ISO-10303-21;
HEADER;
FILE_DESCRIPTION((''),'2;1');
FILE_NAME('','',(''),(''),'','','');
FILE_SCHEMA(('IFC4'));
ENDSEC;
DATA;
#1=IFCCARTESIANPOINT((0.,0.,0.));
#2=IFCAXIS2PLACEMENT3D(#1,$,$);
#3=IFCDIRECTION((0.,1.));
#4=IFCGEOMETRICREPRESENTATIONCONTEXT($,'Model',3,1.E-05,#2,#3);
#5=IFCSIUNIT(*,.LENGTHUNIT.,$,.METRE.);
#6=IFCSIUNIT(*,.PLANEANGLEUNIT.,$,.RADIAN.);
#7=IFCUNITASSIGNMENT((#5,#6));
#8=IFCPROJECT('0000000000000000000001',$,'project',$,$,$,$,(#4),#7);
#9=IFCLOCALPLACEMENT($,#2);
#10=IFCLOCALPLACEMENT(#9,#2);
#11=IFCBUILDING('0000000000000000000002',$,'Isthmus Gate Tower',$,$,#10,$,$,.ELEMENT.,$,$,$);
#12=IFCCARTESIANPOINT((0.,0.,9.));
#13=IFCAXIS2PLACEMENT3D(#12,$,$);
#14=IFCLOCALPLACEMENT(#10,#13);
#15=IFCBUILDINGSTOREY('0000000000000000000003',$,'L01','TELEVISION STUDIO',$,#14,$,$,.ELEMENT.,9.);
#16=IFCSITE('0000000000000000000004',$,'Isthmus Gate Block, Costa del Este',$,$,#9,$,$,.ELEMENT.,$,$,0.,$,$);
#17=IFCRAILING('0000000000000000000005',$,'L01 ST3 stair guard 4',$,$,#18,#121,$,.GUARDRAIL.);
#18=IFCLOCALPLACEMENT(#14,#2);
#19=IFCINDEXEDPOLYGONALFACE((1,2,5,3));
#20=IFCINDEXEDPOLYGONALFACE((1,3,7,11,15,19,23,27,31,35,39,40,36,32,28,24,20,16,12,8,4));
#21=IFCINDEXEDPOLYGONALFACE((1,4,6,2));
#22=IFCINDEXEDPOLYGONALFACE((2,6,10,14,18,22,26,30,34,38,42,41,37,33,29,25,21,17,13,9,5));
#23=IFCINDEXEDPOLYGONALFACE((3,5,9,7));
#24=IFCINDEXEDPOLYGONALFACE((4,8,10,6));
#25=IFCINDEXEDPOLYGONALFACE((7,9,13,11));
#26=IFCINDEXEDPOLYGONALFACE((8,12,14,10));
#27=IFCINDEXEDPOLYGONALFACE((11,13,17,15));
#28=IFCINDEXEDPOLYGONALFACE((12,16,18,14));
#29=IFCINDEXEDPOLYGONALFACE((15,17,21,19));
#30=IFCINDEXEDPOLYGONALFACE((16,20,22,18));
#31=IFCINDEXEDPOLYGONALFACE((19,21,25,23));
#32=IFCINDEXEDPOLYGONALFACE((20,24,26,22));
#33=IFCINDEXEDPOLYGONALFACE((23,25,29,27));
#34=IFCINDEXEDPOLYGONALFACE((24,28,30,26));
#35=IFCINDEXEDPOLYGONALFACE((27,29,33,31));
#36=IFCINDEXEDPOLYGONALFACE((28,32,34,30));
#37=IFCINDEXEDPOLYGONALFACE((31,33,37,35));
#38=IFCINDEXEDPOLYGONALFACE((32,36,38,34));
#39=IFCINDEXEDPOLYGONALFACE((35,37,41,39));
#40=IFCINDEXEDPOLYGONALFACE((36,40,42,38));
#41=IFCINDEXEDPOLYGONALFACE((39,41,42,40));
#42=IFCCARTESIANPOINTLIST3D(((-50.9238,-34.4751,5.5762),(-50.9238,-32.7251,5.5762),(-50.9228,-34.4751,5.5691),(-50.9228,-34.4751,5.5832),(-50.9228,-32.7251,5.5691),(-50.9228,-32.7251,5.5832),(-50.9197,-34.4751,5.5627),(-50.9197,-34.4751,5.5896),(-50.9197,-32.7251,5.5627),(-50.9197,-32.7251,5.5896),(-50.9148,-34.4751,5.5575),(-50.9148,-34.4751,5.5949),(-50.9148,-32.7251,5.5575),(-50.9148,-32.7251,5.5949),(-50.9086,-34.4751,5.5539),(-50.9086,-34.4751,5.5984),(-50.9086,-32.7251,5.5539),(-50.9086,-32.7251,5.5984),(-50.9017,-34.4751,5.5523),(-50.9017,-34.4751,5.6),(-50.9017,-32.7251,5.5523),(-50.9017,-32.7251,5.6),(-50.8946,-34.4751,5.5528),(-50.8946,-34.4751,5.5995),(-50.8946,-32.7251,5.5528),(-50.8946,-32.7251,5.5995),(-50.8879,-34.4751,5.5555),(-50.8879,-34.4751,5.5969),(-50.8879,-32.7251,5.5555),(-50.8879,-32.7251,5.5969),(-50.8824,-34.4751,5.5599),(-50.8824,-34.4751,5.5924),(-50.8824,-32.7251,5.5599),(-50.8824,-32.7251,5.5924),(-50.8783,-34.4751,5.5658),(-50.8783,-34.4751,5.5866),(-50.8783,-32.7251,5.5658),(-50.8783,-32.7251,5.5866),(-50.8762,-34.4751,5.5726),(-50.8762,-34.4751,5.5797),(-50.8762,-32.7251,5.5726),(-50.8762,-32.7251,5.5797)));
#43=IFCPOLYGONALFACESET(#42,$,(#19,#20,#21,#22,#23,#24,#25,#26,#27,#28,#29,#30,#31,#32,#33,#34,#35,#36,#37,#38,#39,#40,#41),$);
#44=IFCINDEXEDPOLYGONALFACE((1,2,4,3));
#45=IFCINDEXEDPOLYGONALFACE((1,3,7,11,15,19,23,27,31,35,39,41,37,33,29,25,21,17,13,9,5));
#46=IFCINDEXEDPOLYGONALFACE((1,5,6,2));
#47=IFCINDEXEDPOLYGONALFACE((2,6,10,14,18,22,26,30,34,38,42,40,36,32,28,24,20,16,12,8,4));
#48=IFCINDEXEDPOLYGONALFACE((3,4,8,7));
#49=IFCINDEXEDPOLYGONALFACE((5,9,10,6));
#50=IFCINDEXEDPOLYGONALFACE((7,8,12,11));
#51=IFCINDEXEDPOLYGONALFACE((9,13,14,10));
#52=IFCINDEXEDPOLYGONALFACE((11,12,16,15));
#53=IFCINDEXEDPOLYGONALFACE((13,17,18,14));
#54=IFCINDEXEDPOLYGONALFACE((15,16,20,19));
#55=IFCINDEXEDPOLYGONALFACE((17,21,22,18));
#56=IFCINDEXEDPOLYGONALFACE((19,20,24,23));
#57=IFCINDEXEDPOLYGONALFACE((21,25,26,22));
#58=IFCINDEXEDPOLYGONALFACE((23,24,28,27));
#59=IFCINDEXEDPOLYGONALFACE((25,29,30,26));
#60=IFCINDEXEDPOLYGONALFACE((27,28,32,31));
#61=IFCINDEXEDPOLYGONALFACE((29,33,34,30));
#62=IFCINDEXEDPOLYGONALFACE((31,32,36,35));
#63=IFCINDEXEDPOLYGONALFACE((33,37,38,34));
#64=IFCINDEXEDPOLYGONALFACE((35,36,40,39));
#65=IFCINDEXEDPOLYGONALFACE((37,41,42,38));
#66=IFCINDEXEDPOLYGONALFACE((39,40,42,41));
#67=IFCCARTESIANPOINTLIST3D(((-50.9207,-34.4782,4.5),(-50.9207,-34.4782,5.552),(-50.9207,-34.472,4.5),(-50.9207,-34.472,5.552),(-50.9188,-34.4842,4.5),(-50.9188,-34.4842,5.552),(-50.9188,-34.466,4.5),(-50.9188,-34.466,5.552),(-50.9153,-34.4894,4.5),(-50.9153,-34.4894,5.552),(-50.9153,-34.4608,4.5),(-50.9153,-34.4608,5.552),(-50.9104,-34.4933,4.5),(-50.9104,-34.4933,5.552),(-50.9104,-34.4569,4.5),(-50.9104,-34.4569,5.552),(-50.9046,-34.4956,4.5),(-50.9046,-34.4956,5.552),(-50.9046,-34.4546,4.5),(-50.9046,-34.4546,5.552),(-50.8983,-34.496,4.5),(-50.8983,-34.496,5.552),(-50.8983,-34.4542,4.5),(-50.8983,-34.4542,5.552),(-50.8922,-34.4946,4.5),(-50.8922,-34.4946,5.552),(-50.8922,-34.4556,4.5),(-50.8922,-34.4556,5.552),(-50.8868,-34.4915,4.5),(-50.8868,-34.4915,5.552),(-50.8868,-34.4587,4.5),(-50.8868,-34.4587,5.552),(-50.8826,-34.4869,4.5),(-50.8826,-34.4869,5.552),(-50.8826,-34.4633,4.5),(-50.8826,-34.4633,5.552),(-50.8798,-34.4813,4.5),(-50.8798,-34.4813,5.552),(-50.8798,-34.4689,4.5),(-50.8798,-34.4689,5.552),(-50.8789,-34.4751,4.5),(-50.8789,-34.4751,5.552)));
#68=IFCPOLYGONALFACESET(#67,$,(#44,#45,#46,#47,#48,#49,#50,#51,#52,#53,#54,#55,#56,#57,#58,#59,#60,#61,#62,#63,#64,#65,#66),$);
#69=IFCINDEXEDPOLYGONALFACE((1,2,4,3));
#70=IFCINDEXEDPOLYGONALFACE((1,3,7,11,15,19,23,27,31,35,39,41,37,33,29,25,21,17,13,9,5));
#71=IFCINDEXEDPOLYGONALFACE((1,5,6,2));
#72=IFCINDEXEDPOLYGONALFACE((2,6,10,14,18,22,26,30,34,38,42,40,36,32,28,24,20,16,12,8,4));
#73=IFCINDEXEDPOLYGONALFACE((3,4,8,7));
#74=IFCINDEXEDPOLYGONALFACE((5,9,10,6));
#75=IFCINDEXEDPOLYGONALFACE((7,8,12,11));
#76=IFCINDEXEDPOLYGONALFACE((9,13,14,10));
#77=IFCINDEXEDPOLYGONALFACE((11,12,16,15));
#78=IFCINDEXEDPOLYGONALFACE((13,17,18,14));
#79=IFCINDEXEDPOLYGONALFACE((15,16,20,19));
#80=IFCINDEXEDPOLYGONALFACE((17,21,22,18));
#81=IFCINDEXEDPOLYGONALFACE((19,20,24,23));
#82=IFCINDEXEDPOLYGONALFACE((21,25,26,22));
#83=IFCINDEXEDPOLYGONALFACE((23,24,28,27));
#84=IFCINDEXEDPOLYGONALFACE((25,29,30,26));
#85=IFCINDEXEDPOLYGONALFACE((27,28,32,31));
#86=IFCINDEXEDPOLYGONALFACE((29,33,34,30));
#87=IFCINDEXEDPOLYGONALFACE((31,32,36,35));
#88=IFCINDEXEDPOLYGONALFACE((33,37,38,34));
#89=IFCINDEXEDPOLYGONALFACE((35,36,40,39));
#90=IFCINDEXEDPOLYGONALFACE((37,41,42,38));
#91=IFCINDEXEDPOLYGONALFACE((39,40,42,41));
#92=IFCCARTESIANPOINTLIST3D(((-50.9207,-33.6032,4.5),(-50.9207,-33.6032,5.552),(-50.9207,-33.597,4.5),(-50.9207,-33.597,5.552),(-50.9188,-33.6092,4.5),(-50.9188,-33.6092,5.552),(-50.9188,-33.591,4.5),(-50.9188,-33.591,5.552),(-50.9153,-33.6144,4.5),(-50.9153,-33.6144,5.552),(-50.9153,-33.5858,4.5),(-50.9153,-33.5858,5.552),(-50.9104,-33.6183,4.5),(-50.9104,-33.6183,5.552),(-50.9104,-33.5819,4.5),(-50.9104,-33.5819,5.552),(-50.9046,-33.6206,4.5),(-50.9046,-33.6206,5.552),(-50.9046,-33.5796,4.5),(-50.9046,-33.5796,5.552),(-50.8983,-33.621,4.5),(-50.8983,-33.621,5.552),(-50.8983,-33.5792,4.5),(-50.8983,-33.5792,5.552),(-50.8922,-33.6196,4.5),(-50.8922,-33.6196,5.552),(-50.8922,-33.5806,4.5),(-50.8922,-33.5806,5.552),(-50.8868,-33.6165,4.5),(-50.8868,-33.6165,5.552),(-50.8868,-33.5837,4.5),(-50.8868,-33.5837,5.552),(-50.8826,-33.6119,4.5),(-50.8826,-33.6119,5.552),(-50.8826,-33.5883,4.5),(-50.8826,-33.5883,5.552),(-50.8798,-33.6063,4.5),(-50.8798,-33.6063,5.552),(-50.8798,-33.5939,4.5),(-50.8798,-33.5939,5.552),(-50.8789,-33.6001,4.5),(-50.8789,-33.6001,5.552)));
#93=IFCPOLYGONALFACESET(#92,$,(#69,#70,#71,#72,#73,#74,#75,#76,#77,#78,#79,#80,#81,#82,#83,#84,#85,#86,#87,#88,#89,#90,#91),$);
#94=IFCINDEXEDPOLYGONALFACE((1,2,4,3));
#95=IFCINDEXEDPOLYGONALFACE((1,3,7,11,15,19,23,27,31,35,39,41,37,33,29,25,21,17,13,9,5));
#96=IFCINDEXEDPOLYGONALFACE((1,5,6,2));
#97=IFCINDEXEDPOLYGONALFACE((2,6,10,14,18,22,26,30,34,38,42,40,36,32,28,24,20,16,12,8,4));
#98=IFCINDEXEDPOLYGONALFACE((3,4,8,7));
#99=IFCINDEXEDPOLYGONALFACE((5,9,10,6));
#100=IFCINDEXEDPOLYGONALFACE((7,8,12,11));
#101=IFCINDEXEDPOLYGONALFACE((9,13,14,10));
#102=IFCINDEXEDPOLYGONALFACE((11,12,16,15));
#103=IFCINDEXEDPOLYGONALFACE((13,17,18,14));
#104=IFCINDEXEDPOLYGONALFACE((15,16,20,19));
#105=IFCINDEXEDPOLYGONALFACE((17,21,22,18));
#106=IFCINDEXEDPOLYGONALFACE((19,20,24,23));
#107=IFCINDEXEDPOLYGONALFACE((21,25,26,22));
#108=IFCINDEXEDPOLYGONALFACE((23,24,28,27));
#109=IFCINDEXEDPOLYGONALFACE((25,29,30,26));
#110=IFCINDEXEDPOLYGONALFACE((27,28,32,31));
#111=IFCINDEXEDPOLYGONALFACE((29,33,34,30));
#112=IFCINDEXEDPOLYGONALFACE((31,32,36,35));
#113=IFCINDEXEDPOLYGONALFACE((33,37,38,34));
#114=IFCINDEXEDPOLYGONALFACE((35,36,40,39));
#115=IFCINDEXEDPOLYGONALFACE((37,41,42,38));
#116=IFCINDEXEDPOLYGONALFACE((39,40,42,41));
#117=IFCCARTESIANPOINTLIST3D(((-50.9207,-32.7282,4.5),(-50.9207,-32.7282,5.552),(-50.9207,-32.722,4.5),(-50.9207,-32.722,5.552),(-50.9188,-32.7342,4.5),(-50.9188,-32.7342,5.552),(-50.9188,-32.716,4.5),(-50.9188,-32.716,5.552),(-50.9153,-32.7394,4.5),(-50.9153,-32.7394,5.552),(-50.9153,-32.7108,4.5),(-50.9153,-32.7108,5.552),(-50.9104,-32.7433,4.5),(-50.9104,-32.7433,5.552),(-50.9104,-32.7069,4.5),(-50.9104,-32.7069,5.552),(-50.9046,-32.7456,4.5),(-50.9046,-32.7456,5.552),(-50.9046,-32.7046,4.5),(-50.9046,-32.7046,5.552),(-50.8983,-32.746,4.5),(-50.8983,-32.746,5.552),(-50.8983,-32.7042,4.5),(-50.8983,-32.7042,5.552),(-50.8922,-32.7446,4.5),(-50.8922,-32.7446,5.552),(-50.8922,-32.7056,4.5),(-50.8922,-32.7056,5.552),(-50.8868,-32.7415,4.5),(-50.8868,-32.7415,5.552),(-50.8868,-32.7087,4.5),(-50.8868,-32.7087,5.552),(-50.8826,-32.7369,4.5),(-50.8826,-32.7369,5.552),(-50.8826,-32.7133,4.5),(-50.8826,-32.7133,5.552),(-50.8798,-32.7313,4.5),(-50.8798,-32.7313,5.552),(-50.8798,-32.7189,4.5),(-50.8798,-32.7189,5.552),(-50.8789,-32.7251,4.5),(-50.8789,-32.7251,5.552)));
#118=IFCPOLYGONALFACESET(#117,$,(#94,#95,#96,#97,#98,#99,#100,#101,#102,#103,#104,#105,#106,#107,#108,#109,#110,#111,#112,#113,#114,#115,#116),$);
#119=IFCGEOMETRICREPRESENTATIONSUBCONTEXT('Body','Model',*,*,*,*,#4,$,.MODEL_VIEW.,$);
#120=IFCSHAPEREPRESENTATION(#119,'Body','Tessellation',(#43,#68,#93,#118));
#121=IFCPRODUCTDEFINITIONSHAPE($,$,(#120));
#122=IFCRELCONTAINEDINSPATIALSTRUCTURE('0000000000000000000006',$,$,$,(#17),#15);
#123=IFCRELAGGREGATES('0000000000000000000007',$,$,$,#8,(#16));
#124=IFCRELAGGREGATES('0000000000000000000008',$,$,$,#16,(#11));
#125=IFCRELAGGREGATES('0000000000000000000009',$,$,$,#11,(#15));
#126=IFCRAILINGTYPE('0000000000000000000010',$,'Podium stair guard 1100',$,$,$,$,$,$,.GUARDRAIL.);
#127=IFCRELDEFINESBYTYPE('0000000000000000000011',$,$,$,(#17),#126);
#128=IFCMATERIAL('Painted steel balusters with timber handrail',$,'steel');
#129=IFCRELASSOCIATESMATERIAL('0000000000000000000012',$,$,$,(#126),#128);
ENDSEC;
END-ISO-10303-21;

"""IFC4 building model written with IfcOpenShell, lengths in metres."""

from ifc_helpers import new_model, si_unit, direction, frame, origin, origin_2d, place, context, subcontext, project, spatial, circle, extrude, material, type_object, element, save


model = new_model("IFC4")

# Units and contexts
model_context = context("Model", 3, precision=1e-05, world=origin(), true_north=direction((0.0, 1.0)))
body_context = subcontext(model_context, "Body", "Model", "MODEL_VIEW")
ifc_project = project(units=[si_unit("LENGTHUNIT", "METRE"), si_unit("PLANEANGLEUNIT", "RADIAN")], contexts=[model_context])

# Site, building, storey
site_placement = place(None, origin())
site = spatial("IfcSite", under=ifc_project, at=site_placement, Name="Isthmus Gate Block, Costa del Este", CompositionType="ELEMENT", RefElevation=0.0)
building_placement = place(site_placement, origin())
building = spatial("IfcBuilding", under=site, at=building_placement, Name="Isthmus Gate Tower", CompositionType="ELEMENT")
storey_placement = place(building_placement, frame((0.0, 0.0, 9.0)))
storey = spatial("IfcBuildingStorey", under=building, at=storey_placement, Name="L01", Description="TELEVISION STUDIO", CompositionType="ELEMENT", Elevation=9.0)

# Railing
ifc_material_1 = material(Name="Painted steel balusters with timber handrail", Category="steel")
railing_type_1 = type_object("IfcRailingType", Name="Podium stair guard 1100", PredefinedType="GUARDRAIL", material=ifc_material_1)
railing_1_placement = place(storey_placement, frame((-50.8999, -34.4751, 4.5)))
element("IfcRailing", 1, at=railing_1_placement, inside=storey, type_object=railing_type_1, Name="L01 ST3 stair guard 4", PredefinedType="GUARDRAIL", context=body_context, shape_type="SweptSolid", body=[
    extrude(circle(Radius=0.0239, at=origin_2d()), frame((0.0, 0.0, 1.0762), z_axis=(0.0, 1.0, 0.0), x_axis=(-1.0, 0.0, 0.0)), (0.0, 0.0, 1.0), 1.75),
    extrude(circle(Radius=0.021, at=origin_2d()), origin(), (0.0, 0.0, 1.0), 1.052),
    extrude(circle(Radius=0.021, at=origin_2d()), frame((0.0, 0.875, 0.0)), (0.0, 0.0, 1.0), 1.052),
    extrude(circle(Radius=0.021, at=origin_2d()), frame((0.0, 1.75, 0.0)), (0.0, 0.0, 1.0), 1.052),
])

save(model, "model.ifc")
